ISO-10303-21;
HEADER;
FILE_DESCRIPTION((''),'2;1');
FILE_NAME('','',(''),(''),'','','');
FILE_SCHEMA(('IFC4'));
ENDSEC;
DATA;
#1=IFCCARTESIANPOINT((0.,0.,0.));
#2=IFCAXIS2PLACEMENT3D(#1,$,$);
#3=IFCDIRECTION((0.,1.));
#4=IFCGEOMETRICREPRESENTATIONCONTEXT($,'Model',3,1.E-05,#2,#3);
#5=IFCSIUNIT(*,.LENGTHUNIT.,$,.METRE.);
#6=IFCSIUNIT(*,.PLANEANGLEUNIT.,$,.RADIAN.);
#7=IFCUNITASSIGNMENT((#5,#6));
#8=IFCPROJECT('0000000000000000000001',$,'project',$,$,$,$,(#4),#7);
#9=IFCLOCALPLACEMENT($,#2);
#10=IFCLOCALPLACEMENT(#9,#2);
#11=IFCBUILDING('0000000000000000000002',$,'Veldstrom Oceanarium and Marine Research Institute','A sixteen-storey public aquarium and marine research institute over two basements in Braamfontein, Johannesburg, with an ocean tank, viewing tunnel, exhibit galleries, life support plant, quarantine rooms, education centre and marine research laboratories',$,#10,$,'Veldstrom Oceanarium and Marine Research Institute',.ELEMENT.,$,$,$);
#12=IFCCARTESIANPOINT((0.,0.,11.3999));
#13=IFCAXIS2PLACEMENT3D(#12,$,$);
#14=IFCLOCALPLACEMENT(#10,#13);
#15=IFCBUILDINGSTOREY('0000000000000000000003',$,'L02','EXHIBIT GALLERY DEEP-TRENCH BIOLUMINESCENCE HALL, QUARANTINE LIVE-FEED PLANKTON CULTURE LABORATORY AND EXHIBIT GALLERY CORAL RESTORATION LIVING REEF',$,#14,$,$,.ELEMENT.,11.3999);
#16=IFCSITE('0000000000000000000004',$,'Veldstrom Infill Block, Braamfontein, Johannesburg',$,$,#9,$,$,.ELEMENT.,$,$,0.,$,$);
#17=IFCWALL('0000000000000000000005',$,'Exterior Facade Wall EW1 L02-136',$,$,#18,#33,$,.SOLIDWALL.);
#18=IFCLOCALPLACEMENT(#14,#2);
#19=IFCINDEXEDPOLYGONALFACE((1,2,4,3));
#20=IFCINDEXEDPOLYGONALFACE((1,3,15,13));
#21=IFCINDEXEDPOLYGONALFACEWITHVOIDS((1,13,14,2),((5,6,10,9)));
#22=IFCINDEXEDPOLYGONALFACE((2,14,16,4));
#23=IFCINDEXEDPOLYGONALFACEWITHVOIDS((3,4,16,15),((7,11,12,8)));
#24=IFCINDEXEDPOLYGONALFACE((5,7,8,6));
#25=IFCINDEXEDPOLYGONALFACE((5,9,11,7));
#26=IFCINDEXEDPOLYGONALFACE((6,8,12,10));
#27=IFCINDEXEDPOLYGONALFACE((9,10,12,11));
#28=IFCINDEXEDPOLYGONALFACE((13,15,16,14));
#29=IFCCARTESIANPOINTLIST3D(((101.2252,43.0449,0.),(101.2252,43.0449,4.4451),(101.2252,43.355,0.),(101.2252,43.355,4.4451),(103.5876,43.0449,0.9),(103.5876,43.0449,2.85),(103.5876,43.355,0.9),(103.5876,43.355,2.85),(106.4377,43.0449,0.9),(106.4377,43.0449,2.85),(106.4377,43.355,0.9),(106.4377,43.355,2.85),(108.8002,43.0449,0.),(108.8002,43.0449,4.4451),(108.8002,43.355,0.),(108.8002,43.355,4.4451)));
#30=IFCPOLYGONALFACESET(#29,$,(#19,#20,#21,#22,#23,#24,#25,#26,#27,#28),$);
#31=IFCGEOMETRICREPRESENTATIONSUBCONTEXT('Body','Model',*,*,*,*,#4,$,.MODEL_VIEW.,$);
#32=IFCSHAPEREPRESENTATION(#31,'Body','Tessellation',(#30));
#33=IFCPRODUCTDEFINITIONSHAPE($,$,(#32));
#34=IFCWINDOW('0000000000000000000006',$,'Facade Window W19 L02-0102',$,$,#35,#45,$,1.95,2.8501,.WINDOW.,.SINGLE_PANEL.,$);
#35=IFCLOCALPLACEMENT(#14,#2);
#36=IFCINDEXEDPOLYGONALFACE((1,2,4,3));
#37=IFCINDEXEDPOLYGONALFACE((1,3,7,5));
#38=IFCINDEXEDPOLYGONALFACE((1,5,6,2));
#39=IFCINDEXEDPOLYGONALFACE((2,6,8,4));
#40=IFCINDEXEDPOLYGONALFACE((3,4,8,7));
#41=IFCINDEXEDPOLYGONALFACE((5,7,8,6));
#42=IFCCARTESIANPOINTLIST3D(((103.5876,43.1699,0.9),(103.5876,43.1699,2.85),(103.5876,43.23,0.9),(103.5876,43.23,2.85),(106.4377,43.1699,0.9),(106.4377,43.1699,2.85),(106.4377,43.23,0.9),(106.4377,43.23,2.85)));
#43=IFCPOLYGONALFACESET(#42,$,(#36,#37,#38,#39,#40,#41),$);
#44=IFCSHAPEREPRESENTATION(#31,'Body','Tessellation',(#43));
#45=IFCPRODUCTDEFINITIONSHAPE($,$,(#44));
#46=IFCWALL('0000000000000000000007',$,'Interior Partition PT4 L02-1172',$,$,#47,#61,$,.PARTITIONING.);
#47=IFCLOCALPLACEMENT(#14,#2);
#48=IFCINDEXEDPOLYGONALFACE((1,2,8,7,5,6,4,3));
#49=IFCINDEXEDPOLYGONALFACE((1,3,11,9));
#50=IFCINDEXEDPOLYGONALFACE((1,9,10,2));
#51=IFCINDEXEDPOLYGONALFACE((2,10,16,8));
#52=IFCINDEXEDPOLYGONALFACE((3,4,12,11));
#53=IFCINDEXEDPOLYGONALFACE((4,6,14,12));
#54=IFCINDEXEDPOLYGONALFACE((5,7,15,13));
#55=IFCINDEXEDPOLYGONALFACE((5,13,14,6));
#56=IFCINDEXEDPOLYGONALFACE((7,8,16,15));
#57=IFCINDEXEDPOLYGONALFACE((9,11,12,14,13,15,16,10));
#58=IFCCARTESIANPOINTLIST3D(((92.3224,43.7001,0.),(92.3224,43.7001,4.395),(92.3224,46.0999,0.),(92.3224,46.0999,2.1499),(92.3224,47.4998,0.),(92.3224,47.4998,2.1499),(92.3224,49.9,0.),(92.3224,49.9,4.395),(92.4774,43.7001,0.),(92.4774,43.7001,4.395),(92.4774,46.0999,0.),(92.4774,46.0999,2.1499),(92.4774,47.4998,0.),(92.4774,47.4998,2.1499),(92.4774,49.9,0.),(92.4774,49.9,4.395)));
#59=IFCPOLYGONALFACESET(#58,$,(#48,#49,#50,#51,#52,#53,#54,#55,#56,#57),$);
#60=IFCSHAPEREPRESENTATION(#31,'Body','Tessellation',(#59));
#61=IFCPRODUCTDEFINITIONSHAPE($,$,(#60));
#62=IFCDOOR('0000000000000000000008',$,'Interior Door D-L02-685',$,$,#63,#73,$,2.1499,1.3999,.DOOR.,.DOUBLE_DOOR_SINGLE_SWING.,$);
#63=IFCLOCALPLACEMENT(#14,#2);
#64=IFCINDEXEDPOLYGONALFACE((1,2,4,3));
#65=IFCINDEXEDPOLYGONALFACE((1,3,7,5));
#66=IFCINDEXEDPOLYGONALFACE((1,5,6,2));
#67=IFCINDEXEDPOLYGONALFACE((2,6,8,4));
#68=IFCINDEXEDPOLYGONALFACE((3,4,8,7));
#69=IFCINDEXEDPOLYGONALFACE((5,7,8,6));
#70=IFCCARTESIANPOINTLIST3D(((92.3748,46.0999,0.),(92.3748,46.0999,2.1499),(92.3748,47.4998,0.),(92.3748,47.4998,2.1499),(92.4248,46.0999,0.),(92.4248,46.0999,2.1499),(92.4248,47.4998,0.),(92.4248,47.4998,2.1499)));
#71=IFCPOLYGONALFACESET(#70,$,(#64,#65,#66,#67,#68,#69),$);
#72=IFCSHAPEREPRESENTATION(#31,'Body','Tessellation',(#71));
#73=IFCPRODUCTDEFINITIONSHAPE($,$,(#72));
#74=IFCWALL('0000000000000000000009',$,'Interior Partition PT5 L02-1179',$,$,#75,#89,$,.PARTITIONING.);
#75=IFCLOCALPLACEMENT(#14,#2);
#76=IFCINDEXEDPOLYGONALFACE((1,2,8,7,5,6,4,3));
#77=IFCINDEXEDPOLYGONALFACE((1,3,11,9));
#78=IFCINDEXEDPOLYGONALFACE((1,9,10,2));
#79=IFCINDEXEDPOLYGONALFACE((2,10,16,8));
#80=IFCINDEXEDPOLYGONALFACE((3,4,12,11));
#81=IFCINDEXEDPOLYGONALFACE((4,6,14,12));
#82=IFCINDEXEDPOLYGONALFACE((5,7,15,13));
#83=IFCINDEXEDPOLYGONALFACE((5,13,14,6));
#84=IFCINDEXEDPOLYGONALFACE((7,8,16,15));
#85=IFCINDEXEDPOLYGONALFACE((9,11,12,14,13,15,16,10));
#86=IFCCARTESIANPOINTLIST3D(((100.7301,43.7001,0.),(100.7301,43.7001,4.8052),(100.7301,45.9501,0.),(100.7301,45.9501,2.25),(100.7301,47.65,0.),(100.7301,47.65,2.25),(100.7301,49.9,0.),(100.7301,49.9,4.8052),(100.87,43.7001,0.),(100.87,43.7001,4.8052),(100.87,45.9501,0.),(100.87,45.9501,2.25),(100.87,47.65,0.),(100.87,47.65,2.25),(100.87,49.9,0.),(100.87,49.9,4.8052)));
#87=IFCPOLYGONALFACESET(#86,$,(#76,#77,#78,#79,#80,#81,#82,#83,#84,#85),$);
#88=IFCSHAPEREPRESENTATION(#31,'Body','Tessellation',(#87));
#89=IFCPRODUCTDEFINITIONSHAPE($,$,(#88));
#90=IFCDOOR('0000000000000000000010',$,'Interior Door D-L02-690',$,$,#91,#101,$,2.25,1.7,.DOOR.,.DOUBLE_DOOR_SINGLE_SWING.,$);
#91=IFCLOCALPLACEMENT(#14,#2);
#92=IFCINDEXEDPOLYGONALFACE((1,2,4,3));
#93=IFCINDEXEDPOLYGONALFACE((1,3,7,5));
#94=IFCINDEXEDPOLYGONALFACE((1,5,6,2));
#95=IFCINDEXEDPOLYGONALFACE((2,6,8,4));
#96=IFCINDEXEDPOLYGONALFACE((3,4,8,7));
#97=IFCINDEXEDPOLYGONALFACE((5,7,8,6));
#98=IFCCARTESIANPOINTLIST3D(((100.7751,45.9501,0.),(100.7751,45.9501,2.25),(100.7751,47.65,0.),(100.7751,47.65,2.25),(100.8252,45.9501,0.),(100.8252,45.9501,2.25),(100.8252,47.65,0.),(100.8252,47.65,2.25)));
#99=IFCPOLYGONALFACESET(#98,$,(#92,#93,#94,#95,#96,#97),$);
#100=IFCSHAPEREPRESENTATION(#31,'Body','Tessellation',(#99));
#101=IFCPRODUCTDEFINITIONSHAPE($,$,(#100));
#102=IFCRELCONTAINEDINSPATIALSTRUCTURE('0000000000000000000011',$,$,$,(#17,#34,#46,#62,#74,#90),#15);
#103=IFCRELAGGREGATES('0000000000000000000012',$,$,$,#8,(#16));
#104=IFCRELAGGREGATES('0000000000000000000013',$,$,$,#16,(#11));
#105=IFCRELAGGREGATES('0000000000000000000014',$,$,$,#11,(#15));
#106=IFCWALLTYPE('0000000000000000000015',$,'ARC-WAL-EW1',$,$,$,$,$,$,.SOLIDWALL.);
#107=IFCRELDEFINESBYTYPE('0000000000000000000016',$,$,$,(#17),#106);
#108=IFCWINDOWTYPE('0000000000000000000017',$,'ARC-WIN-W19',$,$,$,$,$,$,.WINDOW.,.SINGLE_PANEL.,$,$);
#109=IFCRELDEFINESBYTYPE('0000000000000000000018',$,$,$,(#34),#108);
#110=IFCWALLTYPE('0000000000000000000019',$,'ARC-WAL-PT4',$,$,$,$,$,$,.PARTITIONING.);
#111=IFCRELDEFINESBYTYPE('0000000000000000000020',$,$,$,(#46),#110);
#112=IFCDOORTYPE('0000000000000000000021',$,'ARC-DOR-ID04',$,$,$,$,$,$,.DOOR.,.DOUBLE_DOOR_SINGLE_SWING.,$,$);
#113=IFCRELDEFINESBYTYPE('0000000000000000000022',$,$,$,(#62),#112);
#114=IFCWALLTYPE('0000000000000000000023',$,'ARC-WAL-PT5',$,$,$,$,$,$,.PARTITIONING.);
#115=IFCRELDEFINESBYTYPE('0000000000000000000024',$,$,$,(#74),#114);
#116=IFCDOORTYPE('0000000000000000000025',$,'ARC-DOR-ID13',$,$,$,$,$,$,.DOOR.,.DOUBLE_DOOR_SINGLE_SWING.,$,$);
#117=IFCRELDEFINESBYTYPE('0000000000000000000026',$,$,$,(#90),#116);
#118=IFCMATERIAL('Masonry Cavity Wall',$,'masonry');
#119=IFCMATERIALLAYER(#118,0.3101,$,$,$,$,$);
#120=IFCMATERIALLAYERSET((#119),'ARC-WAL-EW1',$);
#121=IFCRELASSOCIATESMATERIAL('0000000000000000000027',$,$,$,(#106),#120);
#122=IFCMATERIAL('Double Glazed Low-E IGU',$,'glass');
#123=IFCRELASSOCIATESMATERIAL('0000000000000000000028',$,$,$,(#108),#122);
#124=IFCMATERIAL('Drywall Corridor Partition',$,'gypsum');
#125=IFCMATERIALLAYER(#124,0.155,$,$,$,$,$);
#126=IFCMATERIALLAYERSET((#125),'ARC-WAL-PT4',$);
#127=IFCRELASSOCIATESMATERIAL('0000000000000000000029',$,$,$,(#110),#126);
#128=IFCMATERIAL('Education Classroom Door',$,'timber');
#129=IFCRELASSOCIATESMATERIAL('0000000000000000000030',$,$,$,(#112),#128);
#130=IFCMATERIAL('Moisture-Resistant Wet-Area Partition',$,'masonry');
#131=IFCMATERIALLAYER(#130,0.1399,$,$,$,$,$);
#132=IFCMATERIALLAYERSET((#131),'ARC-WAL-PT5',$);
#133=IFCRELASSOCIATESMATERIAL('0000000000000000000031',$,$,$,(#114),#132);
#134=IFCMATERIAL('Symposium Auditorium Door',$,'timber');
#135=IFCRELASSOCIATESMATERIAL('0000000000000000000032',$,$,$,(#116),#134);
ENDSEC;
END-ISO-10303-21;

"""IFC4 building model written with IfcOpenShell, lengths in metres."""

from ifc_helpers import new_model, si_unit, direction, frame, frame_2d, origin, place, context, subcontext, project, spatial, rectangle, extrude, material, layer, layer_set, type_object, element, fill, save


model = new_model("IFC4")

# Units and contexts
model_context = context("Model", 3, precision=1e-05, world=origin(), true_north=direction((0.0, 1.0)))
body_context = subcontext(model_context, "Body", "Model", "MODEL_VIEW")
ifc_project = project(units=[si_unit("LENGTHUNIT", "METRE"), si_unit("PLANEANGLEUNIT", "RADIAN")], contexts=[model_context])

# Site, building, storey
site_placement = place(None, origin())
site = spatial("IfcSite", under=ifc_project, at=site_placement, Name="Veldstrom Infill Block, Braamfontein, Johannesburg", CompositionType="ELEMENT", RefElevation=0.0)
building_placement = place(site_placement, origin())
building = spatial("IfcBuilding", under=site, at=building_placement, Name="Veldstrom Oceanarium and Marine Research Institute", Description="A sixteen-storey public aquarium and marine research institute over two basements in Braamfontein, Johannesburg, with an ocean tank, viewing tunnel, exhibit galleries, life support plant, quarantine rooms, education centre and marine research laboratories", LongName="Veldstrom Oceanarium and Marine Research Institute", CompositionType="ELEMENT")
storey_placement = place(building_placement, frame((0.0, 0.0, 11.3999)))
storey = spatial("IfcBuildingStorey", under=building, at=storey_placement, Name="L02", Description="EXHIBIT GALLERY DEEP-TRENCH BIOLUMINESCENCE HALL, QUARANTINE LIVE-FEED PLANKTON CULTURE LABORATORY AND EXHIBIT GALLERY CORAL RESTORATION LIVING REEF", CompositionType="ELEMENT", Elevation=11.3999)

# Wall, opening, window
ifc_material_1 = material(Name="Masonry Cavity Wall", Category="masonry")
ifc_layer_1 = layer(ifc_material_1, 0.3101)
ifc_layer_set_1 = layer_set([ifc_layer_1], Name="ARC-WAL-EW1")
wall_type_1 = type_object("IfcWallType", Name="ARC-WAL-EW1", PredefinedType="SOLIDWALL", material=ifc_layer_set_1)
wall_1_placement = place(storey_placement, frame((101.2251, 43.2, 0.0), z_axis=(0.0, 0.0, 1.0), x_axis=(1.0, 0.0, 0.0)))
wall_1 = element("IfcWall", 1, at=wall_1_placement, inside=storey, type_object=wall_type_1, Name="Exterior Facade Wall EW1 L02-136", PredefinedType="SOLIDWALL", context=body_context, shape_type="SweptSolid", body=[
    extrude(rectangle(XDim=7.575, YDim=0.3101, at=frame_2d((3.7876, 0.0))), origin(), (0.0, 0.0, 1.0), 4.4451),
])
opening_1_placement = place(wall_1_placement, frame((2.3625, 0.0, 0.8999)))
opening_1 = element("IfcOpeningElement", 2, at=opening_1_placement, cuts=wall_1, PredefinedType="OPENING", context=body_context, shape_type="SweptSolid", body=[
    extrude(rectangle(XDim=2.8501, YDim=1.95, at=frame_2d((1.425, 0.9751))), frame((0.0, 0.165, 0.0), z_axis=(0.0, -1.0, 0.0), x_axis=(1.0, 0.0, 0.0)), (0.0, 0.0, 1.0), 0.3301),
])
ifc_material_2 = material(Name="Double Glazed Low-E IGU", Category="glass")
window_type = type_object("IfcWindowType", Name="ARC-WIN-W19", PartitioningType="SINGLE_PANEL", PredefinedType="WINDOW", material=ifc_material_2)
window_placement = place(opening_1_placement, origin())
window = element("IfcWindow", 3, at=window_placement, inside=storey, type_object=window_type, Name="Facade Window W19 L02-0102", OverallHeight=1.95, OverallWidth=2.8501, PartitioningType="SINGLE_PANEL", PredefinedType="WINDOW", context=body_context, shape_type="SweptSolid", body=[
    extrude(rectangle(XDim=2.8501, YDim=1.95, at=frame_2d((1.425, 0.9751))), frame((0.0, 0.03, 0.0), z_axis=(0.0, -1.0, 0.0), x_axis=(1.0, 0.0, 0.0)), (0.0, 0.0, 1.0), 0.0601),
])
fill(opening_1, window)

# Walls, openings, doors
ifc_material_3 = material(Name="Drywall Corridor Partition", Category="gypsum")
ifc_layer_2 = layer(ifc_material_3, 0.155)
ifc_layer_set_2 = layer_set([ifc_layer_2], Name="ARC-WAL-PT4")
wall_type_2 = type_object("IfcWallType", Name="ARC-WAL-PT4", PredefinedType="PARTITIONING", material=ifc_layer_set_2)
wall_2_placement = place(storey_placement, frame((92.3999, 43.7, 0.0), z_axis=(0.0, 0.0, 1.0), x_axis=(0.0, 1.0, 0.0)))
wall_2 = element("IfcWall", 4, at=wall_2_placement, inside=storey, type_object=wall_type_2, Name="Interior Partition PT4 L02-1172", PredefinedType="PARTITIONING", context=body_context, shape_type="SweptSolid", body=[
    extrude(rectangle(XDim=6.2, YDim=0.155, at=frame_2d((3.1001, 0.0))), origin(), (0.0, 0.0, 1.0), 4.395),
])
opening_2_placement = place(wall_2_placement, frame((2.3999, 0.0, 0.0)))
opening_2 = element("IfcOpeningElement", 5, at=opening_2_placement, cuts=wall_2, PredefinedType="OPENING", context=body_context, shape_type="SweptSolid", body=[
    extrude(rectangle(XDim=1.3999, YDim=2.1499, at=frame_2d((0.7, 1.075))), frame((0.0, 0.0874, 0.0), z_axis=(0.0, -1.0, 0.0), x_axis=(1.0, 0.0, 0.0)), (0.0, 0.0, 1.0), 0.175),
])
ifc_material_4 = material(Name="Education Classroom Door", Category="timber")
door_type_1 = type_object("IfcDoorType", Name="ARC-DOR-ID04", OperationType="DOUBLE_DOOR_SINGLE_SWING", PredefinedType="DOOR", material=ifc_material_4)
door_1_placement = place(opening_2_placement, frame((1.3999, 0.0, 0.0), z_axis=(0.0, 0.0, 1.0), x_axis=(-1.0, 0.0, 0.0)))
door_1 = element("IfcDoor", 6, at=door_1_placement, inside=storey, type_object=door_type_1, Name="Interior Door D-L02-685", OperationType="DOUBLE_DOOR_SINGLE_SWING", OverallHeight=2.1499, OverallWidth=1.3999, PredefinedType="DOOR", context=body_context, shape_type="SweptSolid", body=[
    extrude(rectangle(XDim=1.3999, YDim=2.1499, at=frame_2d((0.7, 1.075))), frame((0.0, 0.0249, 0.0), z_axis=(0.0, -1.0, 0.0), x_axis=(1.0, 0.0, 0.0)), (0.0, 0.0, 1.0), 0.05),
])
fill(opening_2, door_1)
ifc_material_5 = material(Name="Moisture-Resistant Wet-Area Partition", Category="masonry")
ifc_layer_3 = layer(ifc_material_5, 0.1399)
ifc_layer_set_3 = layer_set([ifc_layer_3], Name="ARC-WAL-PT5")
wall_type_3 = type_object("IfcWallType", Name="ARC-WAL-PT5", PredefinedType="PARTITIONING", material=ifc_layer_set_3)
wall_3_placement = place(storey_placement, frame((100.8, 43.7, 0.0), z_axis=(0.0, 0.0, 1.0), x_axis=(0.0, 1.0, 0.0)))
wall_3 = element("IfcWall", 7, at=wall_3_placement, inside=storey, type_object=wall_type_3, Name="Interior Partition PT5 L02-1179", PredefinedType="PARTITIONING", context=body_context, shape_type="SweptSolid", body=[
    extrude(rectangle(XDim=6.2, YDim=0.1399, at=frame_2d((3.1001, 0.0))), origin(), (0.0, 0.0, 1.0), 4.8052),
])
opening_3_placement = place(wall_3_placement, frame((2.25, 0.0, 0.0)))
opening_3 = element("IfcOpeningElement", 8, at=opening_3_placement, cuts=wall_3, PredefinedType="OPENING", context=body_context, shape_type="SweptSolid", body=[
    extrude(rectangle(XDim=1.7, YDim=2.25, at=frame_2d((0.8501, 1.125))), frame((0.0, 0.0798, 0.0), z_axis=(0.0, -1.0, 0.0), x_axis=(1.0, 0.0, 0.0)), (0.0, 0.0, 1.0), 0.1599),
])
ifc_material_6 = material(Name="Symposium Auditorium Door", Category="timber")
door_type_2 = type_object("IfcDoorType", Name="ARC-DOR-ID13", OperationType="DOUBLE_DOOR_SINGLE_SWING", PredefinedType="DOOR", material=ifc_material_6)
door_2_placement = place(opening_3_placement, origin())
door_2 = element("IfcDoor", 9, at=door_2_placement, inside=storey, type_object=door_type_2, Name="Interior Door D-L02-690", OperationType="DOUBLE_DOOR_SINGLE_SWING", OverallHeight=2.25, OverallWidth=1.7, PredefinedType="DOOR", context=body_context, shape_type="SweptSolid", body=[
    extrude(rectangle(XDim=1.7, YDim=2.25, at=frame_2d((0.8501, 1.125))), frame((0.0, 0.0249, 0.0), z_axis=(0.0, -1.0, 0.0), x_axis=(1.0, 0.0, 0.0)), (0.0, 0.0, 1.0), 0.05),
])
fill(opening_3, door_2)

save(model, "model.ifc")
